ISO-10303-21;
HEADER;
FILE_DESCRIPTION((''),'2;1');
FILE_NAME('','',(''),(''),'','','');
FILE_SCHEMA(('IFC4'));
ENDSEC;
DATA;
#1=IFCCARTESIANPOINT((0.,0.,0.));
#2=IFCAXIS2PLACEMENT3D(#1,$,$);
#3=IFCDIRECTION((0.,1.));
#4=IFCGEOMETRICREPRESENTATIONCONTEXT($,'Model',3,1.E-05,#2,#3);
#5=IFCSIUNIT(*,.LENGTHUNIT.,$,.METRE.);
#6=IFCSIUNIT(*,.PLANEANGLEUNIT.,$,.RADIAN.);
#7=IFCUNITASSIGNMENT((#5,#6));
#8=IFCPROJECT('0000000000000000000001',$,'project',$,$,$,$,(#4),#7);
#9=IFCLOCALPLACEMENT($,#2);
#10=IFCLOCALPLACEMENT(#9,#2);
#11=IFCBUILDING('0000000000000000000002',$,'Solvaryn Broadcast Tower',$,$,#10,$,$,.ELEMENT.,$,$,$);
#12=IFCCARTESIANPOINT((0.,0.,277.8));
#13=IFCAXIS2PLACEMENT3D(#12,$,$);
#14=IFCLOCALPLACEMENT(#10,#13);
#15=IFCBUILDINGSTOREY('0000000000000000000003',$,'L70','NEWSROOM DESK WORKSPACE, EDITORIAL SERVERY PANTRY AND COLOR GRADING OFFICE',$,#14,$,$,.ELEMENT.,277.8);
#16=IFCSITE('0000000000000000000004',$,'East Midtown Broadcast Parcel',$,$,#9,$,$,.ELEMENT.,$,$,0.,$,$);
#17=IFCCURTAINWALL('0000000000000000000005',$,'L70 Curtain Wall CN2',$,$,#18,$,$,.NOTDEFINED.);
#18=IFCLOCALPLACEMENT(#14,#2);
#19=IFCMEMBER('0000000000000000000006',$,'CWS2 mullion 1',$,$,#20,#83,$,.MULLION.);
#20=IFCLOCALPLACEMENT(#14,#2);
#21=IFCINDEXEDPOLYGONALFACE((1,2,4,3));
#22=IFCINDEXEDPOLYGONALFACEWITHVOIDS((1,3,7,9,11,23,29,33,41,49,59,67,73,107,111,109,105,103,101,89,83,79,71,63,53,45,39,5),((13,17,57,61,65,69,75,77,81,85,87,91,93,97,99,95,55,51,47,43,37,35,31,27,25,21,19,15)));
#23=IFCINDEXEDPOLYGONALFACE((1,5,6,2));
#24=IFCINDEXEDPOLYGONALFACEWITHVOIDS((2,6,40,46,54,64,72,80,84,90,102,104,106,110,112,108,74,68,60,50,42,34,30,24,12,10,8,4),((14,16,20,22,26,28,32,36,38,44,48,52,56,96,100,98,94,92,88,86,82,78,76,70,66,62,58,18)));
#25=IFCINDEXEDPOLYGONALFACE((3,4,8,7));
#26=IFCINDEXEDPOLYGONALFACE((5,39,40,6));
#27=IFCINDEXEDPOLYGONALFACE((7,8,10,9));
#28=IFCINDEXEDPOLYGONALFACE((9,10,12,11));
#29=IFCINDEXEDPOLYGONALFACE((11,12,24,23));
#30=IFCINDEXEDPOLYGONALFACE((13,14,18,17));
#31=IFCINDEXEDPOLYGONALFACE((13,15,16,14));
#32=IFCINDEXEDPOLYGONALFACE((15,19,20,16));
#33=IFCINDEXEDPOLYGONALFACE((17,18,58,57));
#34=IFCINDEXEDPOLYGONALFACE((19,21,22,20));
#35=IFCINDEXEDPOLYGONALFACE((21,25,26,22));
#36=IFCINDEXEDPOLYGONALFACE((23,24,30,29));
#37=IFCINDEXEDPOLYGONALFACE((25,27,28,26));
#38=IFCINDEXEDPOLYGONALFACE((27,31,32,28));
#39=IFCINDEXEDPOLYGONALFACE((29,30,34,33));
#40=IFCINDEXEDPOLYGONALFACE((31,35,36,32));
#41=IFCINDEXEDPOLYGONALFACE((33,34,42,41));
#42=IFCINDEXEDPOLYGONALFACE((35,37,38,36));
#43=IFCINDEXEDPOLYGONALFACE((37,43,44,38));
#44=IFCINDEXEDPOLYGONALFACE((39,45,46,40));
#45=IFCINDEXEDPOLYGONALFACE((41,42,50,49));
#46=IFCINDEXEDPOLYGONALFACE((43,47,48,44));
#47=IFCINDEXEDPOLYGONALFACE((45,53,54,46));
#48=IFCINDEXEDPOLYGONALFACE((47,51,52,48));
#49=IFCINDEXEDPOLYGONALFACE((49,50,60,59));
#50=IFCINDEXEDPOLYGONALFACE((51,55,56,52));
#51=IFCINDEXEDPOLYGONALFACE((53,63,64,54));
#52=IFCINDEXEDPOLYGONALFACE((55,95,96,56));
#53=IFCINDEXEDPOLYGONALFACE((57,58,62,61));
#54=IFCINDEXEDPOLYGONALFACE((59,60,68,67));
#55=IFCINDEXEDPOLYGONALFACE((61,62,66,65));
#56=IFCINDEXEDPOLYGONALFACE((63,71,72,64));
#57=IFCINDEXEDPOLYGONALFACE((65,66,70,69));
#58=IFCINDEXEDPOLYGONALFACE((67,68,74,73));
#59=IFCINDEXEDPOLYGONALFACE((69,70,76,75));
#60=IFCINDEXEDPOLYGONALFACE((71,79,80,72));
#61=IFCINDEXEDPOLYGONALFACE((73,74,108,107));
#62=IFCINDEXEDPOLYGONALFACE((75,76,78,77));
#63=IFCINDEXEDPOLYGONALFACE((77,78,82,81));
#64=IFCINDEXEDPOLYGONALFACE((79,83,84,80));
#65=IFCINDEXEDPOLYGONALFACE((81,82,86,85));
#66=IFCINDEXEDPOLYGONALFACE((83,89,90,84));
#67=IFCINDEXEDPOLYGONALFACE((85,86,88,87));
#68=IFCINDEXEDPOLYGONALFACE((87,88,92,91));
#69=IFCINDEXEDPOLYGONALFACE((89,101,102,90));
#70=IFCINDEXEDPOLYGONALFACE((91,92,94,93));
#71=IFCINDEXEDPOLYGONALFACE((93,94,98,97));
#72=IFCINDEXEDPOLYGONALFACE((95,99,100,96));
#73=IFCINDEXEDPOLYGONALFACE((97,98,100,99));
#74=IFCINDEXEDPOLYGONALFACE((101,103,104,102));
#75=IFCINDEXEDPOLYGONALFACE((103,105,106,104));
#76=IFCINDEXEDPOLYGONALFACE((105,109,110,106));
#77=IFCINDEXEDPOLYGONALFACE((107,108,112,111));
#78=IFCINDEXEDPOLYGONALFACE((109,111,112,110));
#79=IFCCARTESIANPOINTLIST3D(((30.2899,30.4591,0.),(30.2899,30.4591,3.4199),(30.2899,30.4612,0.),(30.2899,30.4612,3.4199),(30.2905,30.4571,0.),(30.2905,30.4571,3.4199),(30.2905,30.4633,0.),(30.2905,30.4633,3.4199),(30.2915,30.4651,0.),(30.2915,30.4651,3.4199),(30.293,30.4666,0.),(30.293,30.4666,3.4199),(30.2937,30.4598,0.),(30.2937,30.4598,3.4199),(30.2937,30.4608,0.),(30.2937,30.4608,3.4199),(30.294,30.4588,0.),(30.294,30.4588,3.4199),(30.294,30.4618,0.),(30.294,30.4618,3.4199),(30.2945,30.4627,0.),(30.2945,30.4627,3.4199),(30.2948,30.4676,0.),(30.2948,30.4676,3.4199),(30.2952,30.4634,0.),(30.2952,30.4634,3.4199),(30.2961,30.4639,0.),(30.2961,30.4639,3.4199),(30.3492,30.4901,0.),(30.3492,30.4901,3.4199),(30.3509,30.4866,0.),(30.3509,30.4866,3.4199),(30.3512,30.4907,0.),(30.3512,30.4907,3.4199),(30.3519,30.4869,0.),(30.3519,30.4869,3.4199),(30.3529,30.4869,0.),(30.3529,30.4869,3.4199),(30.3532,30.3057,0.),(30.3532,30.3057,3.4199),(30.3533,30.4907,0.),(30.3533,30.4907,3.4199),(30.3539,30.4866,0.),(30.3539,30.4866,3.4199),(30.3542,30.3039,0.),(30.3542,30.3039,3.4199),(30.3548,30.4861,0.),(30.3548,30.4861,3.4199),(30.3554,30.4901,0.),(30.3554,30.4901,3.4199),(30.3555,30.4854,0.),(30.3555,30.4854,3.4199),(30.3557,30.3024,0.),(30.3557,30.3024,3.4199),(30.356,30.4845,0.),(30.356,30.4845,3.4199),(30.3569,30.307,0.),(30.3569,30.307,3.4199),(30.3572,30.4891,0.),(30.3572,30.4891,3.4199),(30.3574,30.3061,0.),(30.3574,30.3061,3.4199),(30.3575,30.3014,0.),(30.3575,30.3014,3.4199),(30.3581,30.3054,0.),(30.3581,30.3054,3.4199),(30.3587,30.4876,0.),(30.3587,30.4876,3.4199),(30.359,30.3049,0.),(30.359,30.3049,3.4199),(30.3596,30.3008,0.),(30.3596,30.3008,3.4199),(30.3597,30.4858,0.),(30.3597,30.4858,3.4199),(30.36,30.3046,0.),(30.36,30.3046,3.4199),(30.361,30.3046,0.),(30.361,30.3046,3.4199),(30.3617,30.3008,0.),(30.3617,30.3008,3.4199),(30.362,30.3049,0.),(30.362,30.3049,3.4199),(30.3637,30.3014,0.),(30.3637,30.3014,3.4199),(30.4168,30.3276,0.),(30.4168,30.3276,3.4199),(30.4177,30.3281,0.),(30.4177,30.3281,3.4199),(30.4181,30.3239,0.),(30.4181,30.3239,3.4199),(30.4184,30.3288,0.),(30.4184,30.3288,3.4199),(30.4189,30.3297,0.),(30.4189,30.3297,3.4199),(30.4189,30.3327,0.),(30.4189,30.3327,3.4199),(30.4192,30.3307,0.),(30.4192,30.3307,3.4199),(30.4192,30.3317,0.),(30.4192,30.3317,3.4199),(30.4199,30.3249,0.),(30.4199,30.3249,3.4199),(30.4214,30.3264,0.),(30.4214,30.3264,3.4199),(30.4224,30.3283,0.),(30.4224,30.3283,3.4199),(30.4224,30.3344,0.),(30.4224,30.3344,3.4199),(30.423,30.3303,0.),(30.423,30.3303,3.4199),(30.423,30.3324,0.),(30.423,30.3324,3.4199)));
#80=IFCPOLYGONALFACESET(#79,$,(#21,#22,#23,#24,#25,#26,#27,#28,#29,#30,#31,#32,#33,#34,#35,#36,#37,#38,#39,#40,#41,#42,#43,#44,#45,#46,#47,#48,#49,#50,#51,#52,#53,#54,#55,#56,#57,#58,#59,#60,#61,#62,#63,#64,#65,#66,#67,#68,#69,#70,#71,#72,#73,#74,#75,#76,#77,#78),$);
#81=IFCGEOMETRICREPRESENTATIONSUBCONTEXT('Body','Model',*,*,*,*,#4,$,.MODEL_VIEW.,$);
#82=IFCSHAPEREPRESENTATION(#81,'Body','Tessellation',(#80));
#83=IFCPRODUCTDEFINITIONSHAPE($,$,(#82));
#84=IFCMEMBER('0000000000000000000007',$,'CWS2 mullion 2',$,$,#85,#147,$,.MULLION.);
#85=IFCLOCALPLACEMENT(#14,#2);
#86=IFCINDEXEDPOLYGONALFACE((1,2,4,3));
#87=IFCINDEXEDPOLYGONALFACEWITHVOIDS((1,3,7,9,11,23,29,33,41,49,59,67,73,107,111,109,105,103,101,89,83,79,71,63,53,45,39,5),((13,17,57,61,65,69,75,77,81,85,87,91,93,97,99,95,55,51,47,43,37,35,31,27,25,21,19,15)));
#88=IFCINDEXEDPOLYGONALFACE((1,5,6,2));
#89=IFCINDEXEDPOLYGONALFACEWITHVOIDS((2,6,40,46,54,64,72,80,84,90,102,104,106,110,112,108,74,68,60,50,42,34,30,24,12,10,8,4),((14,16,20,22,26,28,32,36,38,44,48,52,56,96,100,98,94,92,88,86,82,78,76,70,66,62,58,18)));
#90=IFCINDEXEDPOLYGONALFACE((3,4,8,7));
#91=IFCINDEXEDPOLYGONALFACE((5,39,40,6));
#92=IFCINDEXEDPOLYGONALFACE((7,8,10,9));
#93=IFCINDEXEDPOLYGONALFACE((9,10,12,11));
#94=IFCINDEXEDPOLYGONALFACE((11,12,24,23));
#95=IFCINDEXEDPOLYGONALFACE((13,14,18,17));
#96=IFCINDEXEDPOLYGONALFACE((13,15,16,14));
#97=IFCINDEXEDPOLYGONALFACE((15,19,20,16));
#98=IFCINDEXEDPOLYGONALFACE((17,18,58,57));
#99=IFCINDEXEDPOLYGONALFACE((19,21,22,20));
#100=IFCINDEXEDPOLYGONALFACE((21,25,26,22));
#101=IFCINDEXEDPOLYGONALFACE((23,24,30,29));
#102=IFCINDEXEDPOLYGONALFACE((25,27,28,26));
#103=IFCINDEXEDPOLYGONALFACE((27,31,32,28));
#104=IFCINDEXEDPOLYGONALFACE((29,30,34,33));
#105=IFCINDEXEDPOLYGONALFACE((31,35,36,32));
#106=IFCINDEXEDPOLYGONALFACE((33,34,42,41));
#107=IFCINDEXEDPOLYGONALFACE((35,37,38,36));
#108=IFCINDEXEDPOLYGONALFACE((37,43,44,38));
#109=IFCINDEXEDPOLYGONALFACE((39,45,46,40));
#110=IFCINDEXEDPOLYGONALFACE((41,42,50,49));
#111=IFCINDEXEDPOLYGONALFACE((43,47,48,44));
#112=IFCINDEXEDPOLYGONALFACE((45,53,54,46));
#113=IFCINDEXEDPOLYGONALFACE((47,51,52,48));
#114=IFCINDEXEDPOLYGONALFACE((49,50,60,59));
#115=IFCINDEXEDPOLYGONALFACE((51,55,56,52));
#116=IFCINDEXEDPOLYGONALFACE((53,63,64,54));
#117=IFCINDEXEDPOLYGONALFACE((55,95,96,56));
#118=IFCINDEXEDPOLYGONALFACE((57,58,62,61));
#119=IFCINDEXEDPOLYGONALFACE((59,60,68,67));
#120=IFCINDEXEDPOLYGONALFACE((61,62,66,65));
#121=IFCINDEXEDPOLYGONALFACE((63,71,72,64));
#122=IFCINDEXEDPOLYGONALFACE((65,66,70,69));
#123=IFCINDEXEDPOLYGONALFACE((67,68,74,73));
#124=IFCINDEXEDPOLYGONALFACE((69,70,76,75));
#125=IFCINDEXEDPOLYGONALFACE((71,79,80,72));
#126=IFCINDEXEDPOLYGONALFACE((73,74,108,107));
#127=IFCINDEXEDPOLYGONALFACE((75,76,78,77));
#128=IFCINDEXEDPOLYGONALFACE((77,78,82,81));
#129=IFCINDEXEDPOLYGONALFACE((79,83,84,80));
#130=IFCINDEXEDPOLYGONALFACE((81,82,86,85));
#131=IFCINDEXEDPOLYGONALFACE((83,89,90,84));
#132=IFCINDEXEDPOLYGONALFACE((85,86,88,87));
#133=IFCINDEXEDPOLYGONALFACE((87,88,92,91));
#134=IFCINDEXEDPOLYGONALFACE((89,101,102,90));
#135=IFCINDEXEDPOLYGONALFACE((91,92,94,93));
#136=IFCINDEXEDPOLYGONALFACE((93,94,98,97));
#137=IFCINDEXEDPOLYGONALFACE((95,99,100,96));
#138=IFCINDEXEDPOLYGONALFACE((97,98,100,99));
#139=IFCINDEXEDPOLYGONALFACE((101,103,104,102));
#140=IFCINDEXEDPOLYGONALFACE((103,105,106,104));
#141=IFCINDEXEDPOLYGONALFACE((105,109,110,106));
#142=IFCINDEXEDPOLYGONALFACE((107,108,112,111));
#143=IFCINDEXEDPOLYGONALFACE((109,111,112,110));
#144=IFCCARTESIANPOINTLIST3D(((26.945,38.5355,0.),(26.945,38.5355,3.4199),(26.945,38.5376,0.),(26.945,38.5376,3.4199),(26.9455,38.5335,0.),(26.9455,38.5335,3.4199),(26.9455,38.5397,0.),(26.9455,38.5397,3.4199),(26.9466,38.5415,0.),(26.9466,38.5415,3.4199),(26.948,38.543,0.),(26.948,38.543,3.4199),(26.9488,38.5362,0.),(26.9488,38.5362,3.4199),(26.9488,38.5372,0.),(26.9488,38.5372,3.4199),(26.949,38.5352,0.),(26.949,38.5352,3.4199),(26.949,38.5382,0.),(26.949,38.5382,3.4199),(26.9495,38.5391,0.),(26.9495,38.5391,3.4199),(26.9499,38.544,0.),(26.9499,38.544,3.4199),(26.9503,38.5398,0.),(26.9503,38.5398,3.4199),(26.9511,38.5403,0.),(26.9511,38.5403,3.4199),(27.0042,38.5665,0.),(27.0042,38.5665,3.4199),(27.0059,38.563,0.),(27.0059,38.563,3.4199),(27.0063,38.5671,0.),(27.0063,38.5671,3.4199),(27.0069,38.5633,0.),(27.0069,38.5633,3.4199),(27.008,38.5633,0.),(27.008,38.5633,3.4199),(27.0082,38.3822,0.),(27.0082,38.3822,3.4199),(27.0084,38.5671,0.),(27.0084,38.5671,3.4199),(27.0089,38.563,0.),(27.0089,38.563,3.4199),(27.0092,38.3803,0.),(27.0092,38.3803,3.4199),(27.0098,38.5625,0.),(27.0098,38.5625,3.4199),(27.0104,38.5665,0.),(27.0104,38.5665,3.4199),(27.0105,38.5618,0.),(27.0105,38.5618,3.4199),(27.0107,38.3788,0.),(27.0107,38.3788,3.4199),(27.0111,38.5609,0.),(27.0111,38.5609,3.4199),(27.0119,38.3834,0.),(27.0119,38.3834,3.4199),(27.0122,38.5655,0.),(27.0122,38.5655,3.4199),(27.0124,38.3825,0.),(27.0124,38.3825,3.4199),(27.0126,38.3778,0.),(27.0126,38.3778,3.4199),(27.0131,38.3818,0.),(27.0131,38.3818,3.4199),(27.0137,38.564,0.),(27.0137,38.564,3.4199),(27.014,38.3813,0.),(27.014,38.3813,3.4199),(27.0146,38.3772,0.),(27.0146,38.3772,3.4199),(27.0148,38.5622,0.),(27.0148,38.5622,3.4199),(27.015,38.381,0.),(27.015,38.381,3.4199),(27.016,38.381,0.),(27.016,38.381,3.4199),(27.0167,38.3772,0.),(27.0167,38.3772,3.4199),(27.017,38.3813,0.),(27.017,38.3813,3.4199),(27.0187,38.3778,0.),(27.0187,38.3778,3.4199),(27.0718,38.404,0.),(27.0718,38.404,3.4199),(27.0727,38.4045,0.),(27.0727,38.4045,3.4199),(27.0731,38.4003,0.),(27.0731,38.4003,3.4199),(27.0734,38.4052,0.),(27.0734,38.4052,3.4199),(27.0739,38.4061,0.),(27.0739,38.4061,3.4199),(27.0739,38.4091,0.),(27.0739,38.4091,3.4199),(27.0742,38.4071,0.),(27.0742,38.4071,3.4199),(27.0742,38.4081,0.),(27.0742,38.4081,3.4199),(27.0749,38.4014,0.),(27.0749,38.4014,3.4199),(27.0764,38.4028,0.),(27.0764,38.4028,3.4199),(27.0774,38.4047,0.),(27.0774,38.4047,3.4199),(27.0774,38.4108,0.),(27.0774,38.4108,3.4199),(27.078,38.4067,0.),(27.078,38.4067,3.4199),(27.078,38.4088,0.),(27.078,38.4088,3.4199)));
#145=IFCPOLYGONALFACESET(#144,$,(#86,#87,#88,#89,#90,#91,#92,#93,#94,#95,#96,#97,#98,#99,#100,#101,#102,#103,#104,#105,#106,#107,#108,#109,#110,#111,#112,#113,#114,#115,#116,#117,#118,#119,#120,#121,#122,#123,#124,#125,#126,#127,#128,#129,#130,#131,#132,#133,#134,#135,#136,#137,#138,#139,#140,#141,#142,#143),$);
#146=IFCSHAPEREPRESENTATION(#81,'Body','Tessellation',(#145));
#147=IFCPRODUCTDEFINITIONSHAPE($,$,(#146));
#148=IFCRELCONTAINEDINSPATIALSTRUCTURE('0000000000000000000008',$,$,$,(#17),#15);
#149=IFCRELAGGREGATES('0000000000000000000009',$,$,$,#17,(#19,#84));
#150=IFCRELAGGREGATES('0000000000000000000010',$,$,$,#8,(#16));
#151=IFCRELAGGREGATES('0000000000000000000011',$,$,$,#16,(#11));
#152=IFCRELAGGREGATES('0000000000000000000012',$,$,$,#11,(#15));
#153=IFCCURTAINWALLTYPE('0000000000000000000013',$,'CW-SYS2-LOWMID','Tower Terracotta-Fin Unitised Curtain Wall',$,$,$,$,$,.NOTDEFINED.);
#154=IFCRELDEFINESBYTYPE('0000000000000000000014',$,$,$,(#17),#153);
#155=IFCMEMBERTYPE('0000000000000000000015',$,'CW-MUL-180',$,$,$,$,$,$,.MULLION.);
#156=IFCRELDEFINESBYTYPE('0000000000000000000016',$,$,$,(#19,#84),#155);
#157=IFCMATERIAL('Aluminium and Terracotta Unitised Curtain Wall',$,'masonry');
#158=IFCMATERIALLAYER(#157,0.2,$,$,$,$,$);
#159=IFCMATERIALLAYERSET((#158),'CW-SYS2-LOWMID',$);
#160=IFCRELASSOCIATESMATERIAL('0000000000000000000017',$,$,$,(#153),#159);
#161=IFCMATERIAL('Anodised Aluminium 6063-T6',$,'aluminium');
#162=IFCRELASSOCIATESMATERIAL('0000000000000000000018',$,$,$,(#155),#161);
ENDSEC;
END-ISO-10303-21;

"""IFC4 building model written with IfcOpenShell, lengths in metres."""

from ifc_helpers import new_model, si_unit, direction, frame, origin, origin_2d, place, context, subcontext, project, spatial, hollow_rectangle, extrude, material, layer, layer_set, material_profile, profile_set, type_object, element, aggregate, save


model = new_model("IFC4")

# Units and contexts
model_context = context("Model", 3, precision=1e-05, world=origin(), true_north=direction((0.0, 1.0)))
body_context = subcontext(model_context, "Body", "Model", "MODEL_VIEW")
ifc_project = project(units=[si_unit("LENGTHUNIT", "METRE"), si_unit("PLANEANGLEUNIT", "RADIAN")], contexts=[model_context])

# Site, building, storey
site_placement = place(None, origin())
site = spatial("IfcSite", under=ifc_project, at=site_placement, Name="East Midtown Broadcast Parcel", CompositionType="ELEMENT", RefElevation=0.0)
building_placement = place(site_placement, origin())
building = spatial("IfcBuilding", under=site, at=building_placement, Name="Solvaryn Broadcast Tower", CompositionType="ELEMENT")
storey_placement = place(building_placement, frame((0.0, 0.0, 277.8)))
storey = spatial("IfcBuildingStorey", under=building, at=storey_placement, Name="L70", Description="NEWSROOM DESK WORKSPACE, EDITORIAL SERVERY PANTRY AND COLOR GRADING OFFICE", CompositionType="ELEMENT", Elevation=277.8)

# Shared definitions
ifc_material_1 = material(Name="Aluminium and Terracotta Unitised Curtain Wall", Category="masonry")
ifc_layer_1 = layer(ifc_material_1, 0.2)
ifc_layer_set_1 = layer_set([ifc_layer_1], Name="CW-SYS2-LOWMID")
curtain_wall_type = type_object("IfcCurtainWallType", Name="CW-SYS2-LOWMID", Description="Tower Terracotta-Fin Unitised Curtain Wall", PredefinedType="NOTDEFINED", material=ifc_layer_set_1)
ifc_material_2 = material(Name="Anodised Aluminium 6063-T6", Category="aluminium")
ifc_material_profile_1 = material_profile(ifc_material_2, hollow_rectangle(XDim=0.075, YDim=0.1799, WallThickness=0.0039, InnerFilletRadius=0.0039, OuterFilletRadius=0.0081, at=origin_2d()))
ifc_profile_set_1 = profile_set([ifc_material_profile_1], Name="Anodised Aluminium 6063-T6")
member_type_1 = type_object("IfcMemberType", Name="CW-MUL-180", PredefinedType="MULLION", material=ifc_profile_set_1)

# Curtain wall, members
curtain_wall_1_placement = place(storey_placement, origin())
curtain_wall_1 = element("IfcCurtainWall", 1, at=curtain_wall_1_placement, inside=storey, type_object=curtain_wall_type, Name="L70 Curtain Wall CN2", PredefinedType="NOTDEFINED")
member_1_placement = place(storey_placement, frame((30.3564, 30.3958, 0.0), z_axis=(0.0, 0.0, 1.0), x_axis=(-0.923895, -0.382646, 0.0)))
member_1 = element("IfcMember", 2, at=member_1_placement, type_object=member_type_1, Name="CWS2 mullion 1", PredefinedType="MULLION", context=body_context, shape_type="SweptSolid", body=[
    extrude(hollow_rectangle(XDim=0.075, YDim=0.1799, WallThickness=0.0039, InnerFilletRadius=0.0039, OuterFilletRadius=0.0081, at=origin_2d()), origin(), (0.0, 0.0, 1.0), 3.4199),
])
member_2_placement = place(storey_placement, frame((27.0115, 38.4722, 0.0), z_axis=(0.0, 0.0, 1.0), x_axis=(-0.923895, -0.382646, 0.0)))
member_2 = element("IfcMember", 3, at=member_2_placement, type_object=member_type_1, Name="CWS2 mullion 2", PredefinedType="MULLION", context=body_context, shape_type="SweptSolid", body=[
    extrude(hollow_rectangle(XDim=0.075, YDim=0.1799, WallThickness=0.0039, InnerFilletRadius=0.0039, OuterFilletRadius=0.0081, at=origin_2d()), origin(), (0.0, 0.0, 1.0), 3.4199),
])
aggregate(curtain_wall_1, [member_1, member_2])

save(model, "model.ifc")
